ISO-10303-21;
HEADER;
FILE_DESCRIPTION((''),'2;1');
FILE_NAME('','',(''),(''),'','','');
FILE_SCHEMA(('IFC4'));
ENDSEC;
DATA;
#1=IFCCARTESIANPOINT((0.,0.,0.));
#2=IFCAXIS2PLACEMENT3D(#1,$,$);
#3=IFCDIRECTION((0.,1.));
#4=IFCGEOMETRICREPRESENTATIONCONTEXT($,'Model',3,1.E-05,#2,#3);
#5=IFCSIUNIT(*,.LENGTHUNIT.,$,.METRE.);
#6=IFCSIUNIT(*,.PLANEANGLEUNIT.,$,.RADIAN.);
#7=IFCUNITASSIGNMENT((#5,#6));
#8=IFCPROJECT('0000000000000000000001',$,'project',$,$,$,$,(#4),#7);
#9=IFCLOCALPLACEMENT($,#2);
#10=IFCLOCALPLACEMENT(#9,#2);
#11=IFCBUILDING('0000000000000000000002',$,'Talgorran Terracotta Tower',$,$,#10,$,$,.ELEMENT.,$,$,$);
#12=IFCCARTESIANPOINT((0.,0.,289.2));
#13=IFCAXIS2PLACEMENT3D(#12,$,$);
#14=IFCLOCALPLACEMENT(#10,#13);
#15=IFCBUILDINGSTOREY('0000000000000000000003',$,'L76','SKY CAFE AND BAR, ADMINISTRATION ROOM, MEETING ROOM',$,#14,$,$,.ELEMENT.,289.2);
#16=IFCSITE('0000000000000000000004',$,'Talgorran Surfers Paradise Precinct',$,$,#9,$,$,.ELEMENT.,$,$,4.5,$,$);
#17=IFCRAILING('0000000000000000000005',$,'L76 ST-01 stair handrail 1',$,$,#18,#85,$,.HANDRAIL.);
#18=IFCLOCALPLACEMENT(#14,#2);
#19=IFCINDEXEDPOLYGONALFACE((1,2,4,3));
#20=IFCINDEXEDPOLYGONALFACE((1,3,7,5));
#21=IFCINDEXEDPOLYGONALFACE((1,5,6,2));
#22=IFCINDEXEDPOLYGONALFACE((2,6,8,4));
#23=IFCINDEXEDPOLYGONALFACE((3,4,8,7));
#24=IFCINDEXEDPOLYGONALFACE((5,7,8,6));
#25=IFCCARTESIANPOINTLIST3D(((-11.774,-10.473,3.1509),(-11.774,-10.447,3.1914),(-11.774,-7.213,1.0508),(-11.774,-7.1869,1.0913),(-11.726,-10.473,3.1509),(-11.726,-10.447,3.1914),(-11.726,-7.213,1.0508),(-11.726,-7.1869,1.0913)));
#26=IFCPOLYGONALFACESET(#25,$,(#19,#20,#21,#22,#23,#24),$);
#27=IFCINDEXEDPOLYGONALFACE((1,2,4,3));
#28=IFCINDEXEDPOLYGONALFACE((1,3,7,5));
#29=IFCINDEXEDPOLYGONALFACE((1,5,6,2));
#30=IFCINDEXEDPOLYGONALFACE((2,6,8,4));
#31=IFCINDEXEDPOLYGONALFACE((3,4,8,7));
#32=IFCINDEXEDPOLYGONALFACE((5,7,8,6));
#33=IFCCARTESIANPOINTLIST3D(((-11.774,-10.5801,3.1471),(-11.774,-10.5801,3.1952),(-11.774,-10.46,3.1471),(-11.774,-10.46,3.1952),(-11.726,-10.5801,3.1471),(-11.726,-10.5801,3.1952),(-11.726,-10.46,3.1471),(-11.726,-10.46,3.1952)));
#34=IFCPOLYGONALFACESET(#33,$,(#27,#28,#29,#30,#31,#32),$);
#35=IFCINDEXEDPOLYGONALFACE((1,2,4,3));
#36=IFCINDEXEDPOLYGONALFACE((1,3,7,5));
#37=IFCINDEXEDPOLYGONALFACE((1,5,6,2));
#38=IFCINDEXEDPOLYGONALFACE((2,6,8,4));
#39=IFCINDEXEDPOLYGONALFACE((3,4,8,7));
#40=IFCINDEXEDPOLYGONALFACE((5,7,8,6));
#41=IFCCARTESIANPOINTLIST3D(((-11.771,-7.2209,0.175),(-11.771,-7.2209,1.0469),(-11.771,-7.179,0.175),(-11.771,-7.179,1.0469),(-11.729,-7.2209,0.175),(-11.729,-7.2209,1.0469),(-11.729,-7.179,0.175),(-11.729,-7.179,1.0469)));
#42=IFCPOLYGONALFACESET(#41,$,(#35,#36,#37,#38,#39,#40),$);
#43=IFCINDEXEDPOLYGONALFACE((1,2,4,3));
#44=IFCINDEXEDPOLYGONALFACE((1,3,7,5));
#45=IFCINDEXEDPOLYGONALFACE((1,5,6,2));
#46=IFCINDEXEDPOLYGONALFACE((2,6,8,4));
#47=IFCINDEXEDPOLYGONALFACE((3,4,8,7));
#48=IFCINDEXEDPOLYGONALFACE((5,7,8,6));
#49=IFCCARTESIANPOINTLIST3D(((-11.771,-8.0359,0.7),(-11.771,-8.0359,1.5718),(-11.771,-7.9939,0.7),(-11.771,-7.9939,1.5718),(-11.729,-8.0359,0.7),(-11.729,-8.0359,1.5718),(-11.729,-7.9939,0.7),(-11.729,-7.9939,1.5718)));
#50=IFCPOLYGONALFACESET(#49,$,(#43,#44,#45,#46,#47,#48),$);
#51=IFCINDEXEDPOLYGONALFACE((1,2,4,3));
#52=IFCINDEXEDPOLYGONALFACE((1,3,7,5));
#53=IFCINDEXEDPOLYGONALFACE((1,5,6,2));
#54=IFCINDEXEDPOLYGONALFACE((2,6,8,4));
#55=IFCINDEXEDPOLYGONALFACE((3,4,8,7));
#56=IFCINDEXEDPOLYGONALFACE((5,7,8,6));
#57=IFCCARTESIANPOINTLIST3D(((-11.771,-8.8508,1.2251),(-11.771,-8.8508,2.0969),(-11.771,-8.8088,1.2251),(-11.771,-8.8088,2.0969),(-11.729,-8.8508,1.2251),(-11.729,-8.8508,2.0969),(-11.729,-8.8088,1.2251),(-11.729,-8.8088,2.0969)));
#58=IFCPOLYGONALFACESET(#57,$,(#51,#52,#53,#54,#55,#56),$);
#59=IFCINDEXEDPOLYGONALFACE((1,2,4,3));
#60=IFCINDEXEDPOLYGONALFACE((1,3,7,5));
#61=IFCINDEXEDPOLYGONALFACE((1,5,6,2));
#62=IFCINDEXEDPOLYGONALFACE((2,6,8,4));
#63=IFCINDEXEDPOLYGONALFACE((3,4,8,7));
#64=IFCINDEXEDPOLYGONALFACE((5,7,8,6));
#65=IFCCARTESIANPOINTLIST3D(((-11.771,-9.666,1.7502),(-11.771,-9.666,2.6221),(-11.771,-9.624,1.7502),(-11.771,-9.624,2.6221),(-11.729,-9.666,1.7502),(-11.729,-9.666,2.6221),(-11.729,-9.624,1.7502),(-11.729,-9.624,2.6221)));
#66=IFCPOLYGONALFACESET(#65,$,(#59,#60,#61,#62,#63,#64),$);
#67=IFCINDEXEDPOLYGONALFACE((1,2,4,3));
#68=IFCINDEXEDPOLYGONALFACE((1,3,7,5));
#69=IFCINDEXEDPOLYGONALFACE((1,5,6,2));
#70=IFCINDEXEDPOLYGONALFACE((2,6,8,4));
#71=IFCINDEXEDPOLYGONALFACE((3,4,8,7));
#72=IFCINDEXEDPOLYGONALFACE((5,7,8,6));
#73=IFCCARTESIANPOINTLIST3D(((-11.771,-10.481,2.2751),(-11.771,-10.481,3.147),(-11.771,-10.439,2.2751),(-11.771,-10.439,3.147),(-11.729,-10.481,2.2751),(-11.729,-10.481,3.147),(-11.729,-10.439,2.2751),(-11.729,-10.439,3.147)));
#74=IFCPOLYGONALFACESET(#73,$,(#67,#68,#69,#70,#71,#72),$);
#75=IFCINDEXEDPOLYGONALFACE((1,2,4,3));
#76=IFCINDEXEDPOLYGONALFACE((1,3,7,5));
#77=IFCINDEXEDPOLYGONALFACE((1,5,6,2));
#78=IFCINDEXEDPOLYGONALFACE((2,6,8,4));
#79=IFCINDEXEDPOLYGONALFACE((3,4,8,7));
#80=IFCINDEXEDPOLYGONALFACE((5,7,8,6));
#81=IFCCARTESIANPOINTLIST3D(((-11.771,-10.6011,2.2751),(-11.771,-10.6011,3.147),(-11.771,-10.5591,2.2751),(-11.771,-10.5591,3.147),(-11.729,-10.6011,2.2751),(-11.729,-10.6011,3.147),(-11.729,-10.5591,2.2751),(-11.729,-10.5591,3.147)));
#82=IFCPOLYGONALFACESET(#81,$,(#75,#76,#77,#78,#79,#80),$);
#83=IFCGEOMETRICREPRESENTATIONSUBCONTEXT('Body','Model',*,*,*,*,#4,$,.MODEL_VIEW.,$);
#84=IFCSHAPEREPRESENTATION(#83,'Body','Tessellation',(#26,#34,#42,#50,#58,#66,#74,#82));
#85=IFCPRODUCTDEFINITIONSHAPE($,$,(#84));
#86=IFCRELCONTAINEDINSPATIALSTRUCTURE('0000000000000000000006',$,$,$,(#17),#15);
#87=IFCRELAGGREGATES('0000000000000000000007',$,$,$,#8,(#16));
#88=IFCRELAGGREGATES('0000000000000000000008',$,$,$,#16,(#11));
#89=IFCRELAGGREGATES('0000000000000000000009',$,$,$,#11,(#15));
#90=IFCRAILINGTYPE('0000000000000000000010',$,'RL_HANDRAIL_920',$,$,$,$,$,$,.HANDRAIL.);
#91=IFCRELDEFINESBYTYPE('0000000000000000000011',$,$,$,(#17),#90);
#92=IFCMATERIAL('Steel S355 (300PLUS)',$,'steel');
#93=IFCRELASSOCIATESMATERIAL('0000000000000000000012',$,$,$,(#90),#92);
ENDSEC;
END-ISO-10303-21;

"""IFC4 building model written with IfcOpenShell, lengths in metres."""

from ifc_helpers import new_model, si_unit, direction, frame, origin, origin_2d, place, context, subcontext, project, spatial, rectangle, extrude, material, type_object, element, save


model = new_model("IFC4")

# Units and contexts
model_context = context("Model", 3, precision=1e-05, world=origin(), true_north=direction((0.0, 1.0)))
body_context = subcontext(model_context, "Body", "Model", "MODEL_VIEW")
ifc_project = project(units=[si_unit("LENGTHUNIT", "METRE"), si_unit("PLANEANGLEUNIT", "RADIAN")], contexts=[model_context])

# Site, building, storey
site_placement = place(None, origin())
site = spatial("IfcSite", under=ifc_project, at=site_placement, Name="Talgorran Surfers Paradise Precinct", CompositionType="ELEMENT", RefElevation=4.5)
building_placement = place(site_placement, origin())
building = spatial("IfcBuilding", under=site, at=building_placement, Name="Talgorran Terracotta Tower", CompositionType="ELEMENT")
storey_placement = place(building_placement, frame((0.0, 0.0, 289.2)))
storey = spatial("IfcBuildingStorey", under=building, at=storey_placement, Name="L76", Description="SKY CAFE AND BAR, ADMINISTRATION ROOM, MEETING ROOM", CompositionType="ELEMENT", Elevation=289.2)

# Shared definitions
ifc_material_1 = material(Name="Steel S355 (300PLUS)", Category="steel")

# Railing
railing_type = type_object("IfcRailingType", Name="RL_HANDRAIL_920", PredefinedType="HANDRAIL", material=ifc_material_1)
railing_placement = place(storey_placement, frame((-11.75, -7.2, 0.175)))
element("IfcRailing", 1, at=railing_placement, inside=storey, type_object=railing_type, Name="L76 ST-01 stair handrail 1", PredefinedType="HANDRAIL", context=body_context, shape_type="SweptSolid", body=[
    extrude(rectangle(XDim=0.0481, YDim=0.0481, at=origin_2d()), frame((0.0, 0.0, 0.896), z_axis=(0.0, -0.840665, 0.541556), x_axis=(1.0, 0.0, 0.0)), (0.0, 0.0, 1.0), 3.8779),
    extrude(rectangle(XDim=0.0481, YDim=0.0481, at=origin_2d()), frame((0.0, -3.26, 2.9961), z_axis=(0.0, -1.0, 0.0), x_axis=(1.0, 0.0, 0.0)), (0.0, 0.0, 1.0), 0.1201),
    extrude(rectangle(XDim=0.042, YDim=0.042, at=origin_2d()), origin(), (0.0, 0.0, 1.0), 0.8718),
    extrude(rectangle(XDim=0.042, YDim=0.042, at=origin_2d()), frame((0.0, -0.8149, 0.5249)), (0.0, 0.0, 1.0), 0.8718),
    extrude(rectangle(XDim=0.042, YDim=0.042, at=origin_2d()), frame((0.0, -1.6299, 1.05)), (0.0, 0.0, 1.0), 0.8718),
    extrude(rectangle(XDim=0.042, YDim=0.042, at=origin_2d()), frame((0.0, -2.4451, 1.5752)), (0.0, 0.0, 1.0), 0.8718),
    extrude(rectangle(XDim=0.042, YDim=0.042, at=origin_2d()), frame((0.0, -3.26, 2.1001)), (0.0, 0.0, 1.0), 0.8718),
    extrude(rectangle(XDim=0.042, YDim=0.042, at=origin_2d()), frame((0.0, -3.3801, 2.1001)), (0.0, 0.0, 1.0), 0.8718),
])

save(model, "model.ifc")
